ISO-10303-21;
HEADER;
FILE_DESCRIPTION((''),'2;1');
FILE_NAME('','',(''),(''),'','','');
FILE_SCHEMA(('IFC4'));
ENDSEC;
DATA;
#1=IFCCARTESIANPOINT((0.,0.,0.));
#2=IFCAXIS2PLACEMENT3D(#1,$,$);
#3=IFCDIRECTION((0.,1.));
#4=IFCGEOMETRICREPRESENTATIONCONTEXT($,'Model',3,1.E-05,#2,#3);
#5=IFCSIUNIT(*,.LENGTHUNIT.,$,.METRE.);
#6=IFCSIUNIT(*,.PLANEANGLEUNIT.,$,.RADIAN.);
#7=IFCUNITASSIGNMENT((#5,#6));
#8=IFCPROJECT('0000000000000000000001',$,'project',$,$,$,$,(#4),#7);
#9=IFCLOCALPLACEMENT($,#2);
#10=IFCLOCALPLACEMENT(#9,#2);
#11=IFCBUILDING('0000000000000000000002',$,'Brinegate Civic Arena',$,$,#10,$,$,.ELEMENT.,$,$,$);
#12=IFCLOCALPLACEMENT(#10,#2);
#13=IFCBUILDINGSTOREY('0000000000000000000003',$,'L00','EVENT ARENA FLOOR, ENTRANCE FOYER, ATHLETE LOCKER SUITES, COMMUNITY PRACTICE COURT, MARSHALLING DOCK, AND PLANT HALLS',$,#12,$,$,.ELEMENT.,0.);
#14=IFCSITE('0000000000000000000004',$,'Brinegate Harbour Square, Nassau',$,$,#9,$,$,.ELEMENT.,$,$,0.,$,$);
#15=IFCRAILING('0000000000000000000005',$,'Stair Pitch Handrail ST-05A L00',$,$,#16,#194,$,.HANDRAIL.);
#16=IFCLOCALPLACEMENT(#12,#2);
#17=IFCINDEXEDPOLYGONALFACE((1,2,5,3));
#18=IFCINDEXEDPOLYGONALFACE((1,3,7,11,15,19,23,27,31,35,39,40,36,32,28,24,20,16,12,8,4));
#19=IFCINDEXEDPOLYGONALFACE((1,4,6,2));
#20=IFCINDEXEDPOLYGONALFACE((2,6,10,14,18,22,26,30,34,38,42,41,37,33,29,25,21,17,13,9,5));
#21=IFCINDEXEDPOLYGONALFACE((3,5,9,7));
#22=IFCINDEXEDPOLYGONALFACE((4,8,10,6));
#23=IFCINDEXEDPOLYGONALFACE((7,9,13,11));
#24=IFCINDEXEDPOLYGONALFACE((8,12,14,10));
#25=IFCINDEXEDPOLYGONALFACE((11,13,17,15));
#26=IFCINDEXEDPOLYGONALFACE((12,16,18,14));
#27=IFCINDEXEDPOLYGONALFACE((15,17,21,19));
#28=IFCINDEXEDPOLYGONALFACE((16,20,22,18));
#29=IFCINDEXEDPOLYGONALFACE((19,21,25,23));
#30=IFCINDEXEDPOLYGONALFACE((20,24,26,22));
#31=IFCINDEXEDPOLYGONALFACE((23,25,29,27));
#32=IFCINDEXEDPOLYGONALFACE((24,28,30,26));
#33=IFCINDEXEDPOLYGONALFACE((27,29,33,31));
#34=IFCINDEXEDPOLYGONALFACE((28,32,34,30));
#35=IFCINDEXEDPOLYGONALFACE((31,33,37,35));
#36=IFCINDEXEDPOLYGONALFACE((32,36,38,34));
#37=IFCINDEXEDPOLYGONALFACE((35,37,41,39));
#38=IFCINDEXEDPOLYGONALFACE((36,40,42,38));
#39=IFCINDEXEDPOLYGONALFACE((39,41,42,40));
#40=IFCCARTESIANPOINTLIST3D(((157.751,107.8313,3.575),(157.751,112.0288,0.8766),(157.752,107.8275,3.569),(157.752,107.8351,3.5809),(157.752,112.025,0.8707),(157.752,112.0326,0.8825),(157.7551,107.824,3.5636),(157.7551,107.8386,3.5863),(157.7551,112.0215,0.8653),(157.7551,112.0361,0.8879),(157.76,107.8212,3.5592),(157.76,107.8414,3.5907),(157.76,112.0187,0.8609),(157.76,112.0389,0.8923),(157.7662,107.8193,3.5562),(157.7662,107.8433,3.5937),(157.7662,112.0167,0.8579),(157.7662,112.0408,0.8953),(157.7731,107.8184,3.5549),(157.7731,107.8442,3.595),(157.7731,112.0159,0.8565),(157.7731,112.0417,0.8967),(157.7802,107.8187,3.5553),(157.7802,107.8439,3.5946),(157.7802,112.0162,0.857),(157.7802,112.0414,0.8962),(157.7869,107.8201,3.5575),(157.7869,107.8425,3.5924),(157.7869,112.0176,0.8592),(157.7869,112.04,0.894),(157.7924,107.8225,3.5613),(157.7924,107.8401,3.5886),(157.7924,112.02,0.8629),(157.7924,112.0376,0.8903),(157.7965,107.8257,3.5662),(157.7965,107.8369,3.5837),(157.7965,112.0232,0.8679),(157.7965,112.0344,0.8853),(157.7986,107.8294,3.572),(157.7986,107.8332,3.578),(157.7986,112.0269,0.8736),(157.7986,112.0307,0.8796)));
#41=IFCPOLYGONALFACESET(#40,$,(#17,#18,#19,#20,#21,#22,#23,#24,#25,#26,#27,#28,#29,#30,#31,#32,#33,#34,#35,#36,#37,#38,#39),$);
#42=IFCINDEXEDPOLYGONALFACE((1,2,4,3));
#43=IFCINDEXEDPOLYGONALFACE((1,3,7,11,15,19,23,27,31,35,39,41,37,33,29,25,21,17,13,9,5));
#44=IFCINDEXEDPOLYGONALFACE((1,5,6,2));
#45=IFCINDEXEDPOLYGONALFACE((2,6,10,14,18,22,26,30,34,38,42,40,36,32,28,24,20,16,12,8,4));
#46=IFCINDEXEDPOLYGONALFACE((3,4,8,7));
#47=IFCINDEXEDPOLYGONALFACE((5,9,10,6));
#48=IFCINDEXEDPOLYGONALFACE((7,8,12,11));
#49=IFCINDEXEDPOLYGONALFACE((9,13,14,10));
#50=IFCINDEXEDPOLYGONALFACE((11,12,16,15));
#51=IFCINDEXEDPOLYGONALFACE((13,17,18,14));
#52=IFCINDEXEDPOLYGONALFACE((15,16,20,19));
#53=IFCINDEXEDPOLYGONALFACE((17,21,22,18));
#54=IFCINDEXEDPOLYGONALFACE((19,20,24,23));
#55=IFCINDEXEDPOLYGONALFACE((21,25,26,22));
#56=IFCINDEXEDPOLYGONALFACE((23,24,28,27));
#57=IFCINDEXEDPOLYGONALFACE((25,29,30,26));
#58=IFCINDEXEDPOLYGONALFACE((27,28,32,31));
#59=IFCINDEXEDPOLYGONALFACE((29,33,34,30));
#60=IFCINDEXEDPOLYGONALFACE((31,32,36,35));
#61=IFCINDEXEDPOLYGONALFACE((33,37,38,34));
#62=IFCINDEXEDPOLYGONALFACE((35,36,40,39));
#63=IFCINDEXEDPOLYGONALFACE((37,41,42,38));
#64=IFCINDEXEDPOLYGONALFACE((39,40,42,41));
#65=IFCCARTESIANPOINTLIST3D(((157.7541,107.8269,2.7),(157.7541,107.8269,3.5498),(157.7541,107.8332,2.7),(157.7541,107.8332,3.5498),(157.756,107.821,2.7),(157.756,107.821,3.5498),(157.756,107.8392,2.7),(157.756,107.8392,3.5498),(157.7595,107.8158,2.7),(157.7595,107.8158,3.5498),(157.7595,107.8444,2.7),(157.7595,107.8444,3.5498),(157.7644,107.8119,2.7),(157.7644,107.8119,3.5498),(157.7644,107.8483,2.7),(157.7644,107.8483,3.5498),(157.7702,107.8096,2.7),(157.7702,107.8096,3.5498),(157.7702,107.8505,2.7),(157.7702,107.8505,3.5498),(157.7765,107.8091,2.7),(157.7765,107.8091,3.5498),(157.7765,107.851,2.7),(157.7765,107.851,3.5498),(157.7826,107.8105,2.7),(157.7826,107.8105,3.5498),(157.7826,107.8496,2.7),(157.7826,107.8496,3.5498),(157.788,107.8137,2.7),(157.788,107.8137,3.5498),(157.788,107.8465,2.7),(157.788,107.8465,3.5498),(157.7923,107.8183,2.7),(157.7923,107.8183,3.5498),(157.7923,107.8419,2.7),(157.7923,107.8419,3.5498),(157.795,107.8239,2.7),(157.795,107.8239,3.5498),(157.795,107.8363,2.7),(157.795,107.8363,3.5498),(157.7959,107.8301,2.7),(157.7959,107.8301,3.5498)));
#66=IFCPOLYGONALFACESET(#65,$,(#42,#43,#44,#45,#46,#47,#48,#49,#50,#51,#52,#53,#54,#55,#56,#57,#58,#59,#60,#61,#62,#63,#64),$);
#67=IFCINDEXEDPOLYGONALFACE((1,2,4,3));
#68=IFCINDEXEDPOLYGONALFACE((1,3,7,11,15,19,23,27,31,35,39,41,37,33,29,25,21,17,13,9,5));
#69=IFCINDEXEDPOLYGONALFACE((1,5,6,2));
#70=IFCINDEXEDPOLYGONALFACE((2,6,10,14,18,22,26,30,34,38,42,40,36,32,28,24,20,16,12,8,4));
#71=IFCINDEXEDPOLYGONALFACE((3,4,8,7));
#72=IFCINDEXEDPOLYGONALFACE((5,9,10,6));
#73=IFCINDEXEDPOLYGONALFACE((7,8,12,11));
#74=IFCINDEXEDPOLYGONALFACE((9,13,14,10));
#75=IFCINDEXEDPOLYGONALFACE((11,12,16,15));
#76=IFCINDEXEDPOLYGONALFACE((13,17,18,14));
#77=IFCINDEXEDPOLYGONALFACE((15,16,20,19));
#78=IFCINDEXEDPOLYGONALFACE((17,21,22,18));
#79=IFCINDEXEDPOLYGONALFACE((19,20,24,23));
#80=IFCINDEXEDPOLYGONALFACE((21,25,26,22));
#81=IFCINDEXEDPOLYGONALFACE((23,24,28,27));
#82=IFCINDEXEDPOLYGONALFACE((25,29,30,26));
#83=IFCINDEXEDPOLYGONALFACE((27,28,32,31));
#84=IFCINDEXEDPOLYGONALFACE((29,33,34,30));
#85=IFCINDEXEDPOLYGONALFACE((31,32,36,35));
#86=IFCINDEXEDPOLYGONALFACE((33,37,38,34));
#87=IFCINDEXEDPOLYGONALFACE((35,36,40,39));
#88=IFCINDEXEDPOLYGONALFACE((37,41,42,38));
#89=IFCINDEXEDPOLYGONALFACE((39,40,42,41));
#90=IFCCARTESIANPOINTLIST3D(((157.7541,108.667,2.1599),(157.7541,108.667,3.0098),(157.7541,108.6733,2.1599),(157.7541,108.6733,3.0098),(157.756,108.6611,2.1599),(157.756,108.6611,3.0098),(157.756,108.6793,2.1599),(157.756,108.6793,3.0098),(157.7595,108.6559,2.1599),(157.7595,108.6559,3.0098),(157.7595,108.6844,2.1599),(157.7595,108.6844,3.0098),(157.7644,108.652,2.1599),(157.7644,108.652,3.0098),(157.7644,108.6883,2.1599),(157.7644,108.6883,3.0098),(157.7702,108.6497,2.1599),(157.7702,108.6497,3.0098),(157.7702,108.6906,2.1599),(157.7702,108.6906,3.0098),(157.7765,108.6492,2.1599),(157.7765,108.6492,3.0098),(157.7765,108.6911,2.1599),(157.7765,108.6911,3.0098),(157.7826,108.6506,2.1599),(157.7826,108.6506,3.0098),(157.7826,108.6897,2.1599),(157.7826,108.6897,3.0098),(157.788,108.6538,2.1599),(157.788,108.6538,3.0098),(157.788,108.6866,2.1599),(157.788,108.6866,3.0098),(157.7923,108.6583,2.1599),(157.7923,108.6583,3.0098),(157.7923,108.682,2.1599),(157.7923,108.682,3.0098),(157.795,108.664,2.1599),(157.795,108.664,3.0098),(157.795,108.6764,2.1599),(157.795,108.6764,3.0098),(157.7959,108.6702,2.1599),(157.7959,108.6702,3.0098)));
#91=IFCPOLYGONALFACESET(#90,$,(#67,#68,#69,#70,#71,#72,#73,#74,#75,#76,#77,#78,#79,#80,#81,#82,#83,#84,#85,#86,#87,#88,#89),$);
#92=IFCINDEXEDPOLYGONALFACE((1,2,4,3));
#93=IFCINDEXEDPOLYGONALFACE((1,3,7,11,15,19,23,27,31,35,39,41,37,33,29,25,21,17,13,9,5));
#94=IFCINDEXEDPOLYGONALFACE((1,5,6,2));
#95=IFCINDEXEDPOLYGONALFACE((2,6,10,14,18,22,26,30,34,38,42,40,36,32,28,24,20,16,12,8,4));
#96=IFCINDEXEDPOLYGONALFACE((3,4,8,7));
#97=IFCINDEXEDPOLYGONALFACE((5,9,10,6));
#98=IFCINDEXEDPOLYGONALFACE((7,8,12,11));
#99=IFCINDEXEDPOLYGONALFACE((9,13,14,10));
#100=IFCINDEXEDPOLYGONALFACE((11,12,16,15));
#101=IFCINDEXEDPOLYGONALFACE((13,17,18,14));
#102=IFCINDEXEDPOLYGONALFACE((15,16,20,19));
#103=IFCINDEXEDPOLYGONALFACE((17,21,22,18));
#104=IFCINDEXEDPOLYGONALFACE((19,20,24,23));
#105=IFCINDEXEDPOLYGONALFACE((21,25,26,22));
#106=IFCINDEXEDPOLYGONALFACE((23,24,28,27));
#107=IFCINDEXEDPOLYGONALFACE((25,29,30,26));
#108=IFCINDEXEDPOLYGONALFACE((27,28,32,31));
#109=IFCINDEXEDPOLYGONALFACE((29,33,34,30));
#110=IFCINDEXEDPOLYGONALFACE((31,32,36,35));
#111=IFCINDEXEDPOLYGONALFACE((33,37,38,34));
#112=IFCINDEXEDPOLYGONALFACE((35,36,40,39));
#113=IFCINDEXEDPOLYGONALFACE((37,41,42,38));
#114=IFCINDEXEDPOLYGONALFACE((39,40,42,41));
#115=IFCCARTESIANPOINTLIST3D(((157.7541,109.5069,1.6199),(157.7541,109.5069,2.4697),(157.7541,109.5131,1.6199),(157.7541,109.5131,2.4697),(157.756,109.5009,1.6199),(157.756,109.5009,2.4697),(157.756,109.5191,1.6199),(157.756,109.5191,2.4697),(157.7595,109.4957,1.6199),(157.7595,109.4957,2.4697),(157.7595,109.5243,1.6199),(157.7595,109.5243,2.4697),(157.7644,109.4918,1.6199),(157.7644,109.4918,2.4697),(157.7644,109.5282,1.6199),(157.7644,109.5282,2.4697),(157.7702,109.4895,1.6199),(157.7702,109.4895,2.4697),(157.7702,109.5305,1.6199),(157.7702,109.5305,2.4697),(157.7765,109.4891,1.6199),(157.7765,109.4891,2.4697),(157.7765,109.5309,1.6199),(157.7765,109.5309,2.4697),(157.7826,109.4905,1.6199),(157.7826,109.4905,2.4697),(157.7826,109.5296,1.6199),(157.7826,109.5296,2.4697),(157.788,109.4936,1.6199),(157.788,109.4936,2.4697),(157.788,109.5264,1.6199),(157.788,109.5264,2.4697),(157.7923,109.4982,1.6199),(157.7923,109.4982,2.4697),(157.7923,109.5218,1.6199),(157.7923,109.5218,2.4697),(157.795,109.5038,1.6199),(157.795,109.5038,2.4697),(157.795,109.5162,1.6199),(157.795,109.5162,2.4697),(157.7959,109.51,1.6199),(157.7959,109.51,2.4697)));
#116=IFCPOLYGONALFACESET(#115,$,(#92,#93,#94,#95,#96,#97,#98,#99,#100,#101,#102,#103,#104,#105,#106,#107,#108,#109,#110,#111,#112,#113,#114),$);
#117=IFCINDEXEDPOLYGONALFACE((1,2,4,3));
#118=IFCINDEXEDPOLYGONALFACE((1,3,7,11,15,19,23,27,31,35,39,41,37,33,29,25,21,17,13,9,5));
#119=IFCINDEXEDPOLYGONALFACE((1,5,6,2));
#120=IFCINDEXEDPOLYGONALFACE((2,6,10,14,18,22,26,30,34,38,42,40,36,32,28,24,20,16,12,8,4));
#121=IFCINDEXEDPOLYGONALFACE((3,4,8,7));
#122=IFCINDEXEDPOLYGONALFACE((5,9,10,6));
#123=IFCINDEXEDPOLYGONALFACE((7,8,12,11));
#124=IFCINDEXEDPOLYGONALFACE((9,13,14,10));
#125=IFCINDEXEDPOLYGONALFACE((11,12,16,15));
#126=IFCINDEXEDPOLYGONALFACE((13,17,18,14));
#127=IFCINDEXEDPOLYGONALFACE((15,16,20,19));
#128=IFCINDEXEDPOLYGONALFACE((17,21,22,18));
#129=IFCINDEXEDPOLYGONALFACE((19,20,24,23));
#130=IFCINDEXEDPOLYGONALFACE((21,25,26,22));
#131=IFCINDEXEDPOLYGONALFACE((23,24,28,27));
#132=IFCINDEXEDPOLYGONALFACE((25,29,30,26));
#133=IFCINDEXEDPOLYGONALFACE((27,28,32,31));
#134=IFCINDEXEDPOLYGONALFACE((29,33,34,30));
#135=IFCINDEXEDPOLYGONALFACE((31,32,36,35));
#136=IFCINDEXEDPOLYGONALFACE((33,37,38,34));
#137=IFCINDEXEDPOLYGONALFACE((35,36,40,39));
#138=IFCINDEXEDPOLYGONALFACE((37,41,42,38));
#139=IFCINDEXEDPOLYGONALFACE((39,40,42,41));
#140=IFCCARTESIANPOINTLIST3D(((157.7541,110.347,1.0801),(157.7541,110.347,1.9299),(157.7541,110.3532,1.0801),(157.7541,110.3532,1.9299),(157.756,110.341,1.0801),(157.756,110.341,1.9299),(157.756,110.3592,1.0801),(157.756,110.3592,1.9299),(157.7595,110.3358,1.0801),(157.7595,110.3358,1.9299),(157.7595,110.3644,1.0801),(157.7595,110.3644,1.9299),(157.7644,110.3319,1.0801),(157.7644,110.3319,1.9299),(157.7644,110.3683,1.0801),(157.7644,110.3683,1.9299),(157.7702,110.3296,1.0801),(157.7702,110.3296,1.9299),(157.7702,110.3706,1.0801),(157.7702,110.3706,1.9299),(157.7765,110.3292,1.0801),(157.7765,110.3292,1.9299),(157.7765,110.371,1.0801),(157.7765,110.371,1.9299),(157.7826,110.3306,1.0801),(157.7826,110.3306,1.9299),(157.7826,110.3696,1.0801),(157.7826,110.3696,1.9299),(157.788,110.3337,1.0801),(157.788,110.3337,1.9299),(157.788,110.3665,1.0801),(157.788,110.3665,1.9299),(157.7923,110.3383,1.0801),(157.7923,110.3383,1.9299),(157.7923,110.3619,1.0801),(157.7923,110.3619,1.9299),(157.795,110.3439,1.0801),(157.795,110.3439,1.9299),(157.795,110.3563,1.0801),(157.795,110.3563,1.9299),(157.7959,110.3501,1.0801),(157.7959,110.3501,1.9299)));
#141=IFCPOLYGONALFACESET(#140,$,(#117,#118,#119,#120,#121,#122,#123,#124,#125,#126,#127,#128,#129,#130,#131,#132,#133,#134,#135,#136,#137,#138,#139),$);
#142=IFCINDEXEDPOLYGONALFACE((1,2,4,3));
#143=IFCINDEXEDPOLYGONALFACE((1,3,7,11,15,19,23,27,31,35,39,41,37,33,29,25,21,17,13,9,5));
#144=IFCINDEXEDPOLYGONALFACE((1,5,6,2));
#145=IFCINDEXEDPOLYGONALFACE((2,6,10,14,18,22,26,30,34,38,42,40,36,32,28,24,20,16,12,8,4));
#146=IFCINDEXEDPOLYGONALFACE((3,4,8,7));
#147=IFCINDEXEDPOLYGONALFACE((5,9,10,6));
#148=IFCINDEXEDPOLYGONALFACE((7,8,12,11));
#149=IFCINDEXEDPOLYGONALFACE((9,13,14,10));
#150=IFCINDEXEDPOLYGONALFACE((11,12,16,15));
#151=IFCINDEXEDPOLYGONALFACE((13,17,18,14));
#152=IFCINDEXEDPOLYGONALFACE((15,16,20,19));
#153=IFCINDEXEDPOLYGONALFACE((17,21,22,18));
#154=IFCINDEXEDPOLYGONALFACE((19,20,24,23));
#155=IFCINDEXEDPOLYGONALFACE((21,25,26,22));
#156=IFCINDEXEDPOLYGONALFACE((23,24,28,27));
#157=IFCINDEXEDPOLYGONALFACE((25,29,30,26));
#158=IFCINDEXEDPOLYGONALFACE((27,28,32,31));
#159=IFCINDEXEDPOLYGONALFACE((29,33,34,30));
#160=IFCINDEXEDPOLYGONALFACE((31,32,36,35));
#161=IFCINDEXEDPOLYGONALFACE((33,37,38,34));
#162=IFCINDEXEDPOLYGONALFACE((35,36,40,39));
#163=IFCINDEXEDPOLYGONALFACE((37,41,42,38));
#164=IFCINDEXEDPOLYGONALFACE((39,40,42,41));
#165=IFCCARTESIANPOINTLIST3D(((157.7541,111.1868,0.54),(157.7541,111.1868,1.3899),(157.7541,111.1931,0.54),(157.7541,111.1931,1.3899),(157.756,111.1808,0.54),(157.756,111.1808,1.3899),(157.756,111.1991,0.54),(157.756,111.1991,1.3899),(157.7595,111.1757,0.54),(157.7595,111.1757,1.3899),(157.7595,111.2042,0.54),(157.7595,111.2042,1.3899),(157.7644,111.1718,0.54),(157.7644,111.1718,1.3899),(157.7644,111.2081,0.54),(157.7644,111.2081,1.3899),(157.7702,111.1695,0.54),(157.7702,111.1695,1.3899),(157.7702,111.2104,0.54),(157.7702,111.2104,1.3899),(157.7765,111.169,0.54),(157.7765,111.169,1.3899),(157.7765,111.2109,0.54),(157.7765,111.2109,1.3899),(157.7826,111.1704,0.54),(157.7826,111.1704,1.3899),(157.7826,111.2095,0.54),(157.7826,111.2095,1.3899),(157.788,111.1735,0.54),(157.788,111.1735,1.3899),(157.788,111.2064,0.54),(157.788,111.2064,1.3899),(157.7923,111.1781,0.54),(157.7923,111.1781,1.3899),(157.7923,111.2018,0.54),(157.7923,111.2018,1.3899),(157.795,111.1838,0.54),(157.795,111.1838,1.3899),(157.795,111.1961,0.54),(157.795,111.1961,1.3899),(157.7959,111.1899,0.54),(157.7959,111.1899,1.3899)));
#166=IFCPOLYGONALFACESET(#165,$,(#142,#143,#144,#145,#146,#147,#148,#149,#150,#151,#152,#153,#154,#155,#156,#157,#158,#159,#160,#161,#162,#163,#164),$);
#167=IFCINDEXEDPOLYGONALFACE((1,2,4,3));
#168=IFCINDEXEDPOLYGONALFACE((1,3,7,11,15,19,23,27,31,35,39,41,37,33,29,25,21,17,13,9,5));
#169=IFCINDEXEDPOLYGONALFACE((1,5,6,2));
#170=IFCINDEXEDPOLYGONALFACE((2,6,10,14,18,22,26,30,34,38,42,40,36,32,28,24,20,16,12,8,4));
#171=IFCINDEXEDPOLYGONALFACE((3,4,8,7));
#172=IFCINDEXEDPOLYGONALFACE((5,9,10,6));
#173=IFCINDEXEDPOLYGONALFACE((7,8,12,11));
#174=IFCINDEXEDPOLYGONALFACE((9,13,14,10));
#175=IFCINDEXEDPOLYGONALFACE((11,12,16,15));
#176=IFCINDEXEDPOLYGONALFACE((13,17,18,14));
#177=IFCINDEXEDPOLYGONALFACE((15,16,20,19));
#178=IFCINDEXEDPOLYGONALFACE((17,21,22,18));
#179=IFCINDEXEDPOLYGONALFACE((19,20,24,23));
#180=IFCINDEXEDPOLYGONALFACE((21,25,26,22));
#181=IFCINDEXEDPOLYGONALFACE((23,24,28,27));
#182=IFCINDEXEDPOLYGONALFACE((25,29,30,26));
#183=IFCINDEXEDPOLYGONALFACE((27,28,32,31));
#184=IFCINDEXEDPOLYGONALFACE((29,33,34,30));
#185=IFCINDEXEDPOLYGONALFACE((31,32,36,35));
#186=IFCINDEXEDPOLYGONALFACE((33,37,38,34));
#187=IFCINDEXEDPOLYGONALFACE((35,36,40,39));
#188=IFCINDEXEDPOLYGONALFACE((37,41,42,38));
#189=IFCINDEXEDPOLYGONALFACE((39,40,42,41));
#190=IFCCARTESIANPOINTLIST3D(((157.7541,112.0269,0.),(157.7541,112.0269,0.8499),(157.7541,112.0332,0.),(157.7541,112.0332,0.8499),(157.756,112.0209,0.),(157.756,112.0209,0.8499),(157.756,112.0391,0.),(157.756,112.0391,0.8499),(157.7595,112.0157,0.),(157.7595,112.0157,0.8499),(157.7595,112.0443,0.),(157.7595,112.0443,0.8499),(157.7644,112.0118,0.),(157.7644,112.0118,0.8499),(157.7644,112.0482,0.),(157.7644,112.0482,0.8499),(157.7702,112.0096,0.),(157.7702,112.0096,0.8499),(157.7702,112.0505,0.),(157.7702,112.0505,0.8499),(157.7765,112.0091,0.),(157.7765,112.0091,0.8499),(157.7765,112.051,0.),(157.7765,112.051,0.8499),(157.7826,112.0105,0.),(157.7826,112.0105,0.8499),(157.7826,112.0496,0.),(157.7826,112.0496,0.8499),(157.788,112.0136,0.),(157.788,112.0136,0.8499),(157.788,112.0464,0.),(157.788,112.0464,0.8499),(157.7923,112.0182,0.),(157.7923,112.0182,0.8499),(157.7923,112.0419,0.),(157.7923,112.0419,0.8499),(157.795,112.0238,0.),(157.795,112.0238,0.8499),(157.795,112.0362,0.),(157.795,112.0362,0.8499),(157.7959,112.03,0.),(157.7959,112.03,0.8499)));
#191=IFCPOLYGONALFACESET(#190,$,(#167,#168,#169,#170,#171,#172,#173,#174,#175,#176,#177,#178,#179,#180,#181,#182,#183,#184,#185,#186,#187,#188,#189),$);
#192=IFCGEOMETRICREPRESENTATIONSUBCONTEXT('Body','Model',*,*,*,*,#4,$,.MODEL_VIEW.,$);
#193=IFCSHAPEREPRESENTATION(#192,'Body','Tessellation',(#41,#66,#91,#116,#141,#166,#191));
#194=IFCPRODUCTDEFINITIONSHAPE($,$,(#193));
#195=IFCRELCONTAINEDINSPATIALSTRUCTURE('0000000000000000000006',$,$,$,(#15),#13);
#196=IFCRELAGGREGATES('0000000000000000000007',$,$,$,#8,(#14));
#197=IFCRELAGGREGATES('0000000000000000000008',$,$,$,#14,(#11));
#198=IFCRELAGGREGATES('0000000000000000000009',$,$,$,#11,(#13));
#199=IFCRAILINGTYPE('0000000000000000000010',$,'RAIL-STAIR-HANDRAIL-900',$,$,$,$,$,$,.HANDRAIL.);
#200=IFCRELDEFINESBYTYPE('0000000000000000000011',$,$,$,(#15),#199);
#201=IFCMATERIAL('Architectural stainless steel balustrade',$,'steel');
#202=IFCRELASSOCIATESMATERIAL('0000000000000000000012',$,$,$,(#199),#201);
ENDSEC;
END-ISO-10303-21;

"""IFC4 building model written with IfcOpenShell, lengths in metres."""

from ifc_helpers import new_model, si_unit, direction, frame, origin, origin_2d, place, context, subcontext, project, spatial, circle, extrude, material, type_object, element, save


model = new_model("IFC4")

# Units and contexts
model_context = context("Model", 3, precision=1e-05, world=origin(), true_north=direction((0.0, 1.0)))
body_context = subcontext(model_context, "Body", "Model", "MODEL_VIEW")
ifc_project = project(units=[si_unit("LENGTHUNIT", "METRE"), si_unit("PLANEANGLEUNIT", "RADIAN")], contexts=[model_context])

# Site, building, storey
site_placement = place(None, origin())
site = spatial("IfcSite", under=ifc_project, at=site_placement, Name="Brinegate Harbour Square, Nassau", CompositionType="ELEMENT", RefElevation=0.0)
building_placement = place(site_placement, origin())
building = spatial("IfcBuilding", under=site, at=building_placement, Name="Brinegate Civic Arena", CompositionType="ELEMENT")
storey_placement = place(building_placement, origin())
storey = spatial("IfcBuildingStorey", under=building, at=storey_placement, Name="L00", Description="EVENT ARENA FLOOR, ENTRANCE FOYER, ATHLETE LOCKER SUITES, COMMUNITY PRACTICE COURT, MARSHALLING DOCK, AND PLANT HALLS", CompositionType="ELEMENT", Elevation=0.0)

# Railing
ifc_material_1 = material(Name="Architectural stainless steel balustrade", Category="steel")
railing_type = type_object("IfcRailingType", Name="RAIL-STAIR-HANDRAIL-900", PredefinedType="HANDRAIL", material=ifc_material_1)
railing_placement = place(storey_placement, frame((157.7749, 107.8301, 2.7)))
element("IfcRailing", 1, at=railing_placement, inside=storey, type_object=railing_type, Name="Stair Pitch Handrail ST-05A L00", PredefinedType="HANDRAIL", context=body_context, shape_type="SweptSolid", body=[
    extrude(circle(Radius=0.0239, at=origin_2d()), frame((0.0, 0.0012, 0.875), z_axis=(0.0, 0.84118, -0.540755), x_axis=(-1.0, 0.0, 0.0)), (0.0, 0.0, 1.0), 4.99),
    extrude(circle(Radius=0.021, at=origin_2d()), origin(), (0.0, 0.0, 1.0), 0.8499),
    extrude(circle(Radius=0.021, at=origin_2d()), frame((0.0, 0.8401, -0.54)), (0.0, 0.0, 1.0), 0.8499),
    extrude(circle(Radius=0.021, at=origin_2d()), frame((0.0, 1.6799, -1.0801)), (0.0, 0.0, 1.0), 0.8499),
    extrude(circle(Radius=0.021, at=origin_2d()), frame((0.0, 2.52, -1.6199)), (0.0, 0.0, 1.0), 0.8499),
    extrude(circle(Radius=0.021, at=origin_2d()), frame((0.0, 3.3599, -2.1599)), (0.0, 0.0, 1.0), 0.8499),
    extrude(circle(Radius=0.021, at=origin_2d()), frame((0.0, 4.2, -2.7)), (0.0, 0.0, 1.0), 0.8499),
])

save(model, "model.ifc")
